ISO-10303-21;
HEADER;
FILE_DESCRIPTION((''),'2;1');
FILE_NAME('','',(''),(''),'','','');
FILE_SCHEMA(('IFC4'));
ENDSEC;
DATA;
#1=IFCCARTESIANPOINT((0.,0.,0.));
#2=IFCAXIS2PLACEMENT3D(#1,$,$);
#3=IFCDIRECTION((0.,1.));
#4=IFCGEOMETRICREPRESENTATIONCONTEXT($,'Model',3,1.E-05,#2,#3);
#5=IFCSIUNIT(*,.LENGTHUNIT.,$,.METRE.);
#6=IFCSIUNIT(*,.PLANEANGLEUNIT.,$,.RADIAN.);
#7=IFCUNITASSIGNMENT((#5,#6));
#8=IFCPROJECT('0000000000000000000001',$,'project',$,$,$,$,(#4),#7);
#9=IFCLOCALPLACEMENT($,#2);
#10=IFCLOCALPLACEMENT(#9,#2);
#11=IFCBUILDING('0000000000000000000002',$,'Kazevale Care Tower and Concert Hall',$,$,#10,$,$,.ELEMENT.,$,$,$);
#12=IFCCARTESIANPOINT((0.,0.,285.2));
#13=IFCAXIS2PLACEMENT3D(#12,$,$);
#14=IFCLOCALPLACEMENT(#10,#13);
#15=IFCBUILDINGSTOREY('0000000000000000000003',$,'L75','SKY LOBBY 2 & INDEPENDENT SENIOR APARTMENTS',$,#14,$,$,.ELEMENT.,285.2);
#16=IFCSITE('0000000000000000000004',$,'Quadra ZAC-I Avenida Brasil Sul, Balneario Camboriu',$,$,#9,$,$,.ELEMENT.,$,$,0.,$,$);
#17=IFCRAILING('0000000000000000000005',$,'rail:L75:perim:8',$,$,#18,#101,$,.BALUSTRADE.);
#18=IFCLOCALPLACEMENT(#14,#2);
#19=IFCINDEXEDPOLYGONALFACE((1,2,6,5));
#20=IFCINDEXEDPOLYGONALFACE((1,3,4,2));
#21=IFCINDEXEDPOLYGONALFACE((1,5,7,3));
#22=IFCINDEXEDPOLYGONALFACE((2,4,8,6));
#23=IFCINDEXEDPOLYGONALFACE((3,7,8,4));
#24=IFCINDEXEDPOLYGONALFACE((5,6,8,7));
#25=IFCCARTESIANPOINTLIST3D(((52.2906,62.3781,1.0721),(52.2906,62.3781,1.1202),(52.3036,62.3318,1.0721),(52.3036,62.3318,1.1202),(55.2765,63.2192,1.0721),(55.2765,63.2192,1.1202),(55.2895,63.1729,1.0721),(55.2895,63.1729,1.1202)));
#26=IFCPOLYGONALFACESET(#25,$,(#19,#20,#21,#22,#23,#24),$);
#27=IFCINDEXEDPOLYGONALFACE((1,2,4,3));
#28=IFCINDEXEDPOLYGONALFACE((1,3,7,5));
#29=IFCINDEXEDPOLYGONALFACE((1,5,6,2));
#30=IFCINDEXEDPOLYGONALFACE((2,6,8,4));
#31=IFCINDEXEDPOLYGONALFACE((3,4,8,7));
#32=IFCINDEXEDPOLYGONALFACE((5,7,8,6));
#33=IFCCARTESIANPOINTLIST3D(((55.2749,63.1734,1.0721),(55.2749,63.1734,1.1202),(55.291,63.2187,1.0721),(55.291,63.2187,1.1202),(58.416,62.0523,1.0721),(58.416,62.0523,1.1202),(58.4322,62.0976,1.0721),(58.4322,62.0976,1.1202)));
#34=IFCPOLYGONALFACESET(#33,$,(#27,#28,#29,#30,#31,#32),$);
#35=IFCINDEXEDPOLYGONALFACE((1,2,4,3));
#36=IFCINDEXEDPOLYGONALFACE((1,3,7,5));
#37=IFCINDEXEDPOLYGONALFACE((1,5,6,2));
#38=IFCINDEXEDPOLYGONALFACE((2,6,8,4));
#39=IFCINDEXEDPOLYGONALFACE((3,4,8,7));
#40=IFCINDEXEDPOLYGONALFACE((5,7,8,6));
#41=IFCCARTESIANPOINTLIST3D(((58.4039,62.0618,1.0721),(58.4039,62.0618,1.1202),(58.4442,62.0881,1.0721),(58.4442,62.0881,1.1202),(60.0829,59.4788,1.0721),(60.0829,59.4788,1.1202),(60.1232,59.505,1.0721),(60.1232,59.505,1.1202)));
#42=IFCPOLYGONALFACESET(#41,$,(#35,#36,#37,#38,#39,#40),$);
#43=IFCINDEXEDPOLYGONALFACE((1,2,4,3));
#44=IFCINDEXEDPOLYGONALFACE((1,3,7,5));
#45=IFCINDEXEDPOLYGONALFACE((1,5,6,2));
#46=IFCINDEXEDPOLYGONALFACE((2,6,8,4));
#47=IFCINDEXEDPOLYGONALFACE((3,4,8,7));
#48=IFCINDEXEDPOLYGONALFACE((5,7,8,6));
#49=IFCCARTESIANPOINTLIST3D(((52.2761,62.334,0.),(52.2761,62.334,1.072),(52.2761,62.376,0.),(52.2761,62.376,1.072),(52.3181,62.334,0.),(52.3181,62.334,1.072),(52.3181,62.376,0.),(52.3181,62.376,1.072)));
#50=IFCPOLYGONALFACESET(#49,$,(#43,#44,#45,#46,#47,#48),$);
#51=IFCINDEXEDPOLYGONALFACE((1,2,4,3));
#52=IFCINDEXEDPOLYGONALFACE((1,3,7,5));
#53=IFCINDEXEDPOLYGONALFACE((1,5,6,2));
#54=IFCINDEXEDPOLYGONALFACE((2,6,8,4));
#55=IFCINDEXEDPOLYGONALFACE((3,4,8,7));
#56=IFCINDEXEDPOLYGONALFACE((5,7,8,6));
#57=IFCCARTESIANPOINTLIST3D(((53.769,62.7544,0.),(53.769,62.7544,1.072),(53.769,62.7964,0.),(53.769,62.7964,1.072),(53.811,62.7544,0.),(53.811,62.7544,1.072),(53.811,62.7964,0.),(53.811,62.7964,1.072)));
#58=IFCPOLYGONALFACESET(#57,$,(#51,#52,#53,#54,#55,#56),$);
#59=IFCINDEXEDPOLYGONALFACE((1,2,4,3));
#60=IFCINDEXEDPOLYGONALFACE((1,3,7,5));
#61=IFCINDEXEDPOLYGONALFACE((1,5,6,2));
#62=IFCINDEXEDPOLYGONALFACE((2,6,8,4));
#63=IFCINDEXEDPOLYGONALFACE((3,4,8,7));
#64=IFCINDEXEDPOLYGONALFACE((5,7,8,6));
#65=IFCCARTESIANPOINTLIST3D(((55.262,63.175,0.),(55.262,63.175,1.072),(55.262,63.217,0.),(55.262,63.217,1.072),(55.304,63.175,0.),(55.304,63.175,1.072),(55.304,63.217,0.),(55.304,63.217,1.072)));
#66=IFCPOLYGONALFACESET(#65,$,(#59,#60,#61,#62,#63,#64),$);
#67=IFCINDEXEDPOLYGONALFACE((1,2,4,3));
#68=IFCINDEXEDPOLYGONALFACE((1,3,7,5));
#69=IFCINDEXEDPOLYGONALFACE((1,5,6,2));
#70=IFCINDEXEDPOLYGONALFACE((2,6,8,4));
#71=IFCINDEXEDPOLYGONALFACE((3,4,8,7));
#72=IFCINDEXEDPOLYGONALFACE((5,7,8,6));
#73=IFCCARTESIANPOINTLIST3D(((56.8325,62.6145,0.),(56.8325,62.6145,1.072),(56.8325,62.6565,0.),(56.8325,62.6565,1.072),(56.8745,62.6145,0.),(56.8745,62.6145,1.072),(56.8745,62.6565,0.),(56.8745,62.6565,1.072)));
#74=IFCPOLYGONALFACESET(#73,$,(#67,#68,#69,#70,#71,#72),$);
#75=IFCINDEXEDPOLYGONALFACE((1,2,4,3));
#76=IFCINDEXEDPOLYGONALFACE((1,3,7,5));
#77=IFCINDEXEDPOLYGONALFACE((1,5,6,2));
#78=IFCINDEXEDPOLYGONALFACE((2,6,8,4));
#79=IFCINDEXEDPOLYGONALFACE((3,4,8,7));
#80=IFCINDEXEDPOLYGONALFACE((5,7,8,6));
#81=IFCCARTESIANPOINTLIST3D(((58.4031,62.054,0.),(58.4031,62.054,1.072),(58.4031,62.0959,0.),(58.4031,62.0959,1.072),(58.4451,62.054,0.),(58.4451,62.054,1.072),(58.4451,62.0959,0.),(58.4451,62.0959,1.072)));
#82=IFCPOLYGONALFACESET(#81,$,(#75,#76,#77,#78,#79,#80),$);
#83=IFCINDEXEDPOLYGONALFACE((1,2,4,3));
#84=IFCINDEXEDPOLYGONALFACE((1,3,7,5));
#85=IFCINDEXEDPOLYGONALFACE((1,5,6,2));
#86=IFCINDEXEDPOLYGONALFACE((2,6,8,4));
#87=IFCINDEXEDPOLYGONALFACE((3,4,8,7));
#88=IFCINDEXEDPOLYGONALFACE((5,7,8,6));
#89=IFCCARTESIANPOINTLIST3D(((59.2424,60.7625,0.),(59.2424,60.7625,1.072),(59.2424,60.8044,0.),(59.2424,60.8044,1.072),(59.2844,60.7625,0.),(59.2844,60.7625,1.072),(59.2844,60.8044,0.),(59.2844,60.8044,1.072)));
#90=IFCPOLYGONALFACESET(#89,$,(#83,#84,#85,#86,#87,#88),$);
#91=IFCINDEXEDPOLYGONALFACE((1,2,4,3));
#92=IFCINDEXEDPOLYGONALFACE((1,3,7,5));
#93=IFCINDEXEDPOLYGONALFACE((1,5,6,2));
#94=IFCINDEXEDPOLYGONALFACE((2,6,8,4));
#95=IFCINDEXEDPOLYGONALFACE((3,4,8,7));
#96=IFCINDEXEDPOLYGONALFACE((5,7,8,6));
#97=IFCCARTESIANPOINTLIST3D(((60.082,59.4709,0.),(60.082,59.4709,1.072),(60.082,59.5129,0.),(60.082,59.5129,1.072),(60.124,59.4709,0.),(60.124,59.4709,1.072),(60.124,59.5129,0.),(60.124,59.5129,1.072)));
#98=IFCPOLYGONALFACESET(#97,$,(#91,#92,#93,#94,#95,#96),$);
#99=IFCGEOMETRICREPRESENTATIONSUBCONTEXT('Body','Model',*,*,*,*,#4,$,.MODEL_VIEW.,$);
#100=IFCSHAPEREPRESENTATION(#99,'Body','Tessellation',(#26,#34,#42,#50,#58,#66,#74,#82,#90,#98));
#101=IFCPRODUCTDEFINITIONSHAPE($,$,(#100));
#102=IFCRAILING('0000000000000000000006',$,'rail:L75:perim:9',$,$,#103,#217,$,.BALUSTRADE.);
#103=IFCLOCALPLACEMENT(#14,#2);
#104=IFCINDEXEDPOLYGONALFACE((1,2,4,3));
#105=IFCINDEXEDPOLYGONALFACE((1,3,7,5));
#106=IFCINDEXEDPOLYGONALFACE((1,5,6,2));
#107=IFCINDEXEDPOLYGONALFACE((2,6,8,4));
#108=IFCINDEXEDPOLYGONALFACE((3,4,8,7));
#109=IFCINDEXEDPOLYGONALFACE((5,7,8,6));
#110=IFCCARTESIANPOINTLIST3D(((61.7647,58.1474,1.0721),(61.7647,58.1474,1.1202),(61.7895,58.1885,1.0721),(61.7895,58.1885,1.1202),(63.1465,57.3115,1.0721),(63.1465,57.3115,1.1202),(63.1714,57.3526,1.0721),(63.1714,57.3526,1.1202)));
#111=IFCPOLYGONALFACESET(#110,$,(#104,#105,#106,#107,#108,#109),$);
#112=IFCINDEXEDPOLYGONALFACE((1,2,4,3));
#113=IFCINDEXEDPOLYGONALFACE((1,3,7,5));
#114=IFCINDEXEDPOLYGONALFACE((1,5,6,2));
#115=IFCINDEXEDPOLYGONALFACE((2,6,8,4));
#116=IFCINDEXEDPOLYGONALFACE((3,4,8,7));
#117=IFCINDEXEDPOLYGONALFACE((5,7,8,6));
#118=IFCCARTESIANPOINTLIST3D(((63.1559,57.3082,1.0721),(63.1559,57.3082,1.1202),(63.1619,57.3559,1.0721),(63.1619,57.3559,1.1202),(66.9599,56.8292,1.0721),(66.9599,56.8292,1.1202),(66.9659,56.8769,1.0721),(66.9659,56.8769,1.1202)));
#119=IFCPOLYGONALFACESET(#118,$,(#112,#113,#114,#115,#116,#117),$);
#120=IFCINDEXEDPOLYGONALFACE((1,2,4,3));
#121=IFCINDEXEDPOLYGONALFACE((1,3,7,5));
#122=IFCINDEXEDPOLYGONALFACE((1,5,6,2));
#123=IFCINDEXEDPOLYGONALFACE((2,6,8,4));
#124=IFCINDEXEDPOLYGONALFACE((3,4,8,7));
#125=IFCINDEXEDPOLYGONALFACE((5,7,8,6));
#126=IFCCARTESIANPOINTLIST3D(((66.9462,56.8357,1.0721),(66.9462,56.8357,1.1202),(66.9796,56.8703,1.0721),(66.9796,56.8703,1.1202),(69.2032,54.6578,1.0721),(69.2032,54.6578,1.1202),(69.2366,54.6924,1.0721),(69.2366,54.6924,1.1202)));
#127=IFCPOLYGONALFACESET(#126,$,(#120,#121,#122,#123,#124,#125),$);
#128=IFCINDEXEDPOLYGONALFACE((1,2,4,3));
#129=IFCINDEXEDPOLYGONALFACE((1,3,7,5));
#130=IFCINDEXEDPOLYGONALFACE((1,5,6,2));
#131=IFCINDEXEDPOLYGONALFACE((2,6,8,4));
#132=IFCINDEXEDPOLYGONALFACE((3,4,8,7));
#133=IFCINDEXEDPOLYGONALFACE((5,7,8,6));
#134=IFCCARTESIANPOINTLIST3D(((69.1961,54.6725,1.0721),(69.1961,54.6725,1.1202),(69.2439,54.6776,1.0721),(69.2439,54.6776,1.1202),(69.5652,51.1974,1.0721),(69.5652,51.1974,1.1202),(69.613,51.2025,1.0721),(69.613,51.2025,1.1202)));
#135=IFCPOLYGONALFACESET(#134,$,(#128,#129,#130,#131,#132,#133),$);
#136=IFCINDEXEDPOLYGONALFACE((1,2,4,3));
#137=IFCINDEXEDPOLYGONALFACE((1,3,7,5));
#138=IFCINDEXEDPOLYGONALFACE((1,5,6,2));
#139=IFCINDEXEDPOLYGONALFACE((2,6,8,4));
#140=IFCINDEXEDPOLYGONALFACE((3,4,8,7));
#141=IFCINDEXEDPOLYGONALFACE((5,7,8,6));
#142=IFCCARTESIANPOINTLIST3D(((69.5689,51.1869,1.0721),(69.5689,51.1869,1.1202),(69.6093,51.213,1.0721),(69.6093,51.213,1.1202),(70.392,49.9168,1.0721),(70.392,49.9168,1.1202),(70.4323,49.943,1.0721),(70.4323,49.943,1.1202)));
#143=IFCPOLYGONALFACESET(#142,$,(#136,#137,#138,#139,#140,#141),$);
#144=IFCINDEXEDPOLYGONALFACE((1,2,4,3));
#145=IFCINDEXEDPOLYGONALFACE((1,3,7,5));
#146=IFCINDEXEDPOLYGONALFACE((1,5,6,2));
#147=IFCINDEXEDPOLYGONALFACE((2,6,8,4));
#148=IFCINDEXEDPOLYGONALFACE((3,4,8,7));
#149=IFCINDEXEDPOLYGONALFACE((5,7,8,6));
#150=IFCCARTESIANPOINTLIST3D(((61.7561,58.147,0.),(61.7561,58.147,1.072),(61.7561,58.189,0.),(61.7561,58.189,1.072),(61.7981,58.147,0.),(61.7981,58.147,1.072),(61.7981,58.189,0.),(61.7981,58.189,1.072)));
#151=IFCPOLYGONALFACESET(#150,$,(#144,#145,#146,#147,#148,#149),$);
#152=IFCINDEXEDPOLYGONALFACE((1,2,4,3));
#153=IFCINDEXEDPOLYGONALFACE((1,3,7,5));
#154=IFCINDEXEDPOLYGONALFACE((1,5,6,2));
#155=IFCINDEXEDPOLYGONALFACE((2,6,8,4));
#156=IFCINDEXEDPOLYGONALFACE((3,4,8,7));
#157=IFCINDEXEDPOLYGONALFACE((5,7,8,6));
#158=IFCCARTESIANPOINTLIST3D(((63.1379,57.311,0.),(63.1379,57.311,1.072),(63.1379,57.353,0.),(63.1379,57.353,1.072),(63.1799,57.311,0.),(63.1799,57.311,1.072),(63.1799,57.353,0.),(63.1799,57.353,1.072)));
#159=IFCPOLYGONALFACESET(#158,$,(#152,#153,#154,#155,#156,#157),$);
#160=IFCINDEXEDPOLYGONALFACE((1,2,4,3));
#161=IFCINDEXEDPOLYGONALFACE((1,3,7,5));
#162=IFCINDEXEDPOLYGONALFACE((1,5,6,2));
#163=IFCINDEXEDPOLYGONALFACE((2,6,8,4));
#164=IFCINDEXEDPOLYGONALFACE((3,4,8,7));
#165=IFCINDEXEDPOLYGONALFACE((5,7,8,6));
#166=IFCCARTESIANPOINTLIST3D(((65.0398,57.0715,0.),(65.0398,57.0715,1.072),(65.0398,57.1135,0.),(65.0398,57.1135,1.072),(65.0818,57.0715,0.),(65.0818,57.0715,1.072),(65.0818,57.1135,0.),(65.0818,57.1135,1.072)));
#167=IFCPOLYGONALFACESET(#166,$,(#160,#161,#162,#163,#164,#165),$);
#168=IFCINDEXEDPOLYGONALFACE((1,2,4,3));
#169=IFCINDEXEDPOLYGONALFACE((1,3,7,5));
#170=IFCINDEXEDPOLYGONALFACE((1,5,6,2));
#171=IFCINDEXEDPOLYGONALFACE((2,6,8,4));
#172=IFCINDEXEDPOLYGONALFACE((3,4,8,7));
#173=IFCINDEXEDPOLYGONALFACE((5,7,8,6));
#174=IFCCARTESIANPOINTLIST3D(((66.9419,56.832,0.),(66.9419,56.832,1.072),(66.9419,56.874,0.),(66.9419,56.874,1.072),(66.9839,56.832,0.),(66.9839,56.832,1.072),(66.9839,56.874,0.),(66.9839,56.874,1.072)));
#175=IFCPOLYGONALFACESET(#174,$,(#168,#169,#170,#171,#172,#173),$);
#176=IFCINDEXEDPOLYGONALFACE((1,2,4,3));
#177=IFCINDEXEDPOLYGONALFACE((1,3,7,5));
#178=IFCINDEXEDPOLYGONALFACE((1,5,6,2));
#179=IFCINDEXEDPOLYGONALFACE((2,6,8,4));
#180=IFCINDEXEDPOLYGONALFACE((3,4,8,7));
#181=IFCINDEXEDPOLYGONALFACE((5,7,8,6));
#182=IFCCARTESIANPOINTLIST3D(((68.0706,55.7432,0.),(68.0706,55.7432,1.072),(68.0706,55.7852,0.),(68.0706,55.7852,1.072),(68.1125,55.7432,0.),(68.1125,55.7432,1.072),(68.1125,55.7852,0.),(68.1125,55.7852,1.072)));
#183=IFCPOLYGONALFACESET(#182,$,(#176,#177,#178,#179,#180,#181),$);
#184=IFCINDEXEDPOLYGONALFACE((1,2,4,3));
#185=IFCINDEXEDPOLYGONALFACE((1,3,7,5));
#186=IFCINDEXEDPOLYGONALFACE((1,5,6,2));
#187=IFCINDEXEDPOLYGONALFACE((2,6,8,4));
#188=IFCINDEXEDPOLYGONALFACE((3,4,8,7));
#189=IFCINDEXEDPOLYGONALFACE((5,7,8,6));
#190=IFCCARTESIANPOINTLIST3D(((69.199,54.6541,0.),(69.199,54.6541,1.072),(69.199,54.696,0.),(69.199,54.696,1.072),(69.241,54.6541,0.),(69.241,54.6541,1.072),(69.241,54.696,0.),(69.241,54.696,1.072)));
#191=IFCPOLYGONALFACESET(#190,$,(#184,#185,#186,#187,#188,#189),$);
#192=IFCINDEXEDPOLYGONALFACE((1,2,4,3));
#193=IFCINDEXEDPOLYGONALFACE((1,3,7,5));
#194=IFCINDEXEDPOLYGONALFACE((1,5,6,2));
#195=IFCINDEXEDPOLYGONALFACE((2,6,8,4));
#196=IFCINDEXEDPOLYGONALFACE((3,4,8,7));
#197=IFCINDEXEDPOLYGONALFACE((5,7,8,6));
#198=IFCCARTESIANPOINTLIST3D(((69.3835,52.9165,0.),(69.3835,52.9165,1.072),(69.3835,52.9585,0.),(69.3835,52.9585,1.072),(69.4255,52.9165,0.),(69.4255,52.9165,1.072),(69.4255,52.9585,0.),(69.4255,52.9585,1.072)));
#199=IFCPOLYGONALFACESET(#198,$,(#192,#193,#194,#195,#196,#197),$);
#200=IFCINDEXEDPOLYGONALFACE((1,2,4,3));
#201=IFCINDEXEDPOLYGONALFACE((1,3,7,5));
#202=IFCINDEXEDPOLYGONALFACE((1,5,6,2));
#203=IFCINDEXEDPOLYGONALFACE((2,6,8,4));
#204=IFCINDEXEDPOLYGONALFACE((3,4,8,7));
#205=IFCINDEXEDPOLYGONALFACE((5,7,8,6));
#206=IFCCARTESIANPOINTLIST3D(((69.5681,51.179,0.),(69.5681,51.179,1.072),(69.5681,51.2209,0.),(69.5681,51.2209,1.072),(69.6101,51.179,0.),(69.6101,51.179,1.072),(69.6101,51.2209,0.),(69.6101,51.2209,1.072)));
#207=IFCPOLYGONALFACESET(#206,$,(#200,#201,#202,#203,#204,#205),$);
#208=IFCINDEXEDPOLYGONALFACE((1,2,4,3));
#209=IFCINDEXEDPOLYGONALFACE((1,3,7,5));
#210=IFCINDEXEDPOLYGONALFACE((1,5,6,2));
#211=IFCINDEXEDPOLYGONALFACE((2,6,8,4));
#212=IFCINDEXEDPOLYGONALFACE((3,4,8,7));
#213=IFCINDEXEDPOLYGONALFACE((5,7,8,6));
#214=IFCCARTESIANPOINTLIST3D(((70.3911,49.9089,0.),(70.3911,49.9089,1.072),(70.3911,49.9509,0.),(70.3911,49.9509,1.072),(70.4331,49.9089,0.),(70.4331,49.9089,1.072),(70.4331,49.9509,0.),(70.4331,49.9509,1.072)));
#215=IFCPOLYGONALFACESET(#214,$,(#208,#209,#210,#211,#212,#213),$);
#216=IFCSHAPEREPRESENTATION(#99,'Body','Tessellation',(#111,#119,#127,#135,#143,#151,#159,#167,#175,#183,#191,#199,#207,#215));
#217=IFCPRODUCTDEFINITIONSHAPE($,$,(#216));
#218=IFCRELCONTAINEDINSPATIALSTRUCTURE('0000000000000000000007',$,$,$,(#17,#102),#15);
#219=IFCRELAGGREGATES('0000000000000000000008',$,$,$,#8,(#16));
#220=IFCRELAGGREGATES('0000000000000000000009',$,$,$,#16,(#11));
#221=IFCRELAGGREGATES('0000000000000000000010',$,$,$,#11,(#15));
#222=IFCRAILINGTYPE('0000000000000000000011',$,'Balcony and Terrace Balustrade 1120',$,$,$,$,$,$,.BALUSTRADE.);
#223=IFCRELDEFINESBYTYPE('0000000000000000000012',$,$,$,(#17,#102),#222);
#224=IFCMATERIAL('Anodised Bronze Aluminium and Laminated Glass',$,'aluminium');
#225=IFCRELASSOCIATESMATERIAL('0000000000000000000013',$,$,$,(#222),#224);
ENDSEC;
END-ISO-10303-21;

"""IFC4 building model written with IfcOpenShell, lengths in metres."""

from ifc_helpers import new_model, si_unit, direction, frame, origin, origin_2d, place, context, subcontext, project, spatial, rectangle, extrude, material, type_object, element, save


model = new_model("IFC4")

# Units and contexts
model_context = context("Model", 3, precision=1e-05, world=origin(), true_north=direction((0.0, 1.0)))
body_context = subcontext(model_context, "Body", "Model", "MODEL_VIEW")
ifc_project = project(units=[si_unit("LENGTHUNIT", "METRE"), si_unit("PLANEANGLEUNIT", "RADIAN")], contexts=[model_context])

# Site, building, storey
site_placement = place(None, origin())
site = spatial("IfcSite", under=ifc_project, at=site_placement, Name="Quadra ZAC-I Avenida Brasil Sul, Balneario Camboriu", CompositionType="ELEMENT", RefElevation=0.0)
building_placement = place(site_placement, origin())
building = spatial("IfcBuilding", under=site, at=building_placement, Name="Kazevale Care Tower and Concert Hall", CompositionType="ELEMENT")
storey_placement = place(building_placement, frame((0.0, 0.0, 285.2)))
storey = spatial("IfcBuildingStorey", under=building, at=storey_placement, Name="L75", Description="SKY LOBBY 2 & INDEPENDENT SENIOR APARTMENTS", CompositionType="ELEMENT", Elevation=285.2)

# Railings
ifc_material_1 = material(Name="Anodised Bronze Aluminium and Laminated Glass", Category="aluminium")
railing_type = type_object("IfcRailingType", Name="Balcony and Terrace Balustrade 1120", PredefinedType="BALUSTRADE", material=ifc_material_1)
railing_1_placement = place(storey_placement, frame((52.2971, 62.355, 0.0)))
element("IfcRailing", 1, at=railing_1_placement, inside=storey, type_object=railing_type, Name="rail:L75:perim:8", PredefinedType="BALUSTRADE", context=body_context, shape_type="SweptSolid", body=[
    extrude(rectangle(XDim=0.0481, YDim=0.0481, at=origin_2d()), frame((0.0, 0.0, 1.0962), z_axis=(0.962542, 0.271133, 0.0), x_axis=(-0.271133, 0.962542, 0.0)), (0.0, 0.0, 1.0), 3.1021),
    extrude(rectangle(XDim=0.0481, YDim=0.0481, at=origin_2d()), frame((2.9858, 0.8411, 1.0962), z_axis=(0.941811, -0.336142, 0.0), x_axis=(0.336142, 0.941811, 0.0)), (0.0, 0.0, 1.0), 3.3352),
    extrude(rectangle(XDim=0.0481, YDim=0.0481, at=origin_2d()), frame((6.127, -0.28, 1.0962), z_axis=(0.544988, -0.838444, 0.0), x_axis=(0.838444, 0.544988, 0.0)), (0.0, 0.0, 1.0), 3.0808),
    extrude(rectangle(XDim=0.042, YDim=0.042, at=origin_2d()), origin(), (0.0, 0.0, 1.0), 1.072),
    extrude(rectangle(XDim=0.042, YDim=0.042, at=origin_2d()), frame((1.4929, 0.4204, 0.0)), (0.0, 0.0, 1.0), 1.072),
    extrude(rectangle(XDim=0.042, YDim=0.042, at=origin_2d()), frame((2.9858, 0.8411, 0.0)), (0.0, 0.0, 1.0), 1.072),
    extrude(rectangle(XDim=0.042, YDim=0.042, at=origin_2d()), frame((4.5564, 0.2805, 0.0)), (0.0, 0.0, 1.0), 1.072),
    extrude(rectangle(XDim=0.042, YDim=0.042, at=origin_2d()), frame((6.127, -0.28, 0.0)), (0.0, 0.0, 1.0), 1.072),
    extrude(rectangle(XDim=0.042, YDim=0.042, at=origin_2d()), frame((6.9663, -1.5715, 0.0)), (0.0, 0.0, 1.0), 1.072),
    extrude(rectangle(XDim=0.042, YDim=0.042, at=origin_2d()), frame((7.8059, -2.863, 0.0)), (0.0, 0.0, 1.0), 1.072),
])
railing_2_placement = place(storey_placement, frame((61.7771, 58.168, 0.0)))
element("IfcRailing", 2, at=railing_2_placement, inside=storey, type_object=railing_type, Name="rail:L75:perim:9", PredefinedType="BALUSTRADE", context=body_context, shape_type="SweptSolid", body=[
    extrude(rectangle(XDim=0.0481, YDim=0.0481, at=origin_2d()), frame((0.0, 0.0, 1.0962), z_axis=(0.85562, -0.517605, 0.0), x_axis=(0.517605, 0.85562, 0.0)), (0.0, 0.0, 1.0), 1.615),
    extrude(rectangle(XDim=0.0481, YDim=0.0481, at=origin_2d()), frame((1.3818, -0.8359, 1.0962), z_axis=(0.992165, -0.124936, 0.0), x_axis=(0.124936, 0.992165, 0.0)), (0.0, 0.0, 1.0), 3.834),
    extrude(rectangle(XDim=0.0481, YDim=0.0481, at=origin_2d()), frame((5.1858, -1.3149, 1.0962), z_axis=(0.719604, -0.694385, 0.0), x_axis=(0.694385, 0.719604, 0.0)), (0.0, 0.0, 1.0), 3.1365),
    extrude(rectangle(XDim=0.0481, YDim=0.0481, at=origin_2d()), frame((7.4429, -3.4929, 1.0962), z_axis=(0.10563, -0.994405, 0.0), x_axis=(0.994405, 0.10563, 0.0)), (0.0, 0.0, 1.0), 3.4946),
    extrude(rectangle(XDim=0.0481, YDim=0.0481, at=origin_2d()), frame((7.812, -6.968, 1.0962), z_axis=(0.54382, -0.839202, 0.0), x_axis=(0.839202, 0.54382, 0.0)), (0.0, 0.0, 1.0), 1.5134),
    extrude(rectangle(XDim=0.042, YDim=0.042, at=origin_2d()), origin(), (0.0, 0.0, 1.0), 1.072),
    extrude(rectangle(XDim=0.042, YDim=0.042, at=origin_2d()), frame((1.3818, -0.8359, 0.0)), (0.0, 0.0, 1.0), 1.072),
    extrude(rectangle(XDim=0.042, YDim=0.042, at=origin_2d()), frame((3.2837, -1.0754, 0.0)), (0.0, 0.0, 1.0), 1.072),
    extrude(rectangle(XDim=0.042, YDim=0.042, at=origin_2d()), frame((5.1858, -1.3149, 0.0)), (0.0, 0.0, 1.0), 1.072),
    extrude(rectangle(XDim=0.042, YDim=0.042, at=origin_2d()), frame((6.3145, -2.4038, 0.0)), (0.0, 0.0, 1.0), 1.072),
    extrude(rectangle(XDim=0.042, YDim=0.042, at=origin_2d()), frame((7.4429, -3.4929, 0.0)), (0.0, 0.0, 1.0), 1.072),
    extrude(rectangle(XDim=0.042, YDim=0.042, at=origin_2d()), frame((7.6274, -5.2305, 0.0)), (0.0, 0.0, 1.0), 1.072),
    extrude(rectangle(XDim=0.042, YDim=0.042, at=origin_2d()), frame((7.812, -6.968, 0.0)), (0.0, 0.0, 1.0), 1.072),
    extrude(rectangle(XDim=0.042, YDim=0.042, at=origin_2d()), frame((8.635, -8.238, 0.0)), (0.0, 0.0, 1.0), 1.072),
])

save(model, "model.ifc")
